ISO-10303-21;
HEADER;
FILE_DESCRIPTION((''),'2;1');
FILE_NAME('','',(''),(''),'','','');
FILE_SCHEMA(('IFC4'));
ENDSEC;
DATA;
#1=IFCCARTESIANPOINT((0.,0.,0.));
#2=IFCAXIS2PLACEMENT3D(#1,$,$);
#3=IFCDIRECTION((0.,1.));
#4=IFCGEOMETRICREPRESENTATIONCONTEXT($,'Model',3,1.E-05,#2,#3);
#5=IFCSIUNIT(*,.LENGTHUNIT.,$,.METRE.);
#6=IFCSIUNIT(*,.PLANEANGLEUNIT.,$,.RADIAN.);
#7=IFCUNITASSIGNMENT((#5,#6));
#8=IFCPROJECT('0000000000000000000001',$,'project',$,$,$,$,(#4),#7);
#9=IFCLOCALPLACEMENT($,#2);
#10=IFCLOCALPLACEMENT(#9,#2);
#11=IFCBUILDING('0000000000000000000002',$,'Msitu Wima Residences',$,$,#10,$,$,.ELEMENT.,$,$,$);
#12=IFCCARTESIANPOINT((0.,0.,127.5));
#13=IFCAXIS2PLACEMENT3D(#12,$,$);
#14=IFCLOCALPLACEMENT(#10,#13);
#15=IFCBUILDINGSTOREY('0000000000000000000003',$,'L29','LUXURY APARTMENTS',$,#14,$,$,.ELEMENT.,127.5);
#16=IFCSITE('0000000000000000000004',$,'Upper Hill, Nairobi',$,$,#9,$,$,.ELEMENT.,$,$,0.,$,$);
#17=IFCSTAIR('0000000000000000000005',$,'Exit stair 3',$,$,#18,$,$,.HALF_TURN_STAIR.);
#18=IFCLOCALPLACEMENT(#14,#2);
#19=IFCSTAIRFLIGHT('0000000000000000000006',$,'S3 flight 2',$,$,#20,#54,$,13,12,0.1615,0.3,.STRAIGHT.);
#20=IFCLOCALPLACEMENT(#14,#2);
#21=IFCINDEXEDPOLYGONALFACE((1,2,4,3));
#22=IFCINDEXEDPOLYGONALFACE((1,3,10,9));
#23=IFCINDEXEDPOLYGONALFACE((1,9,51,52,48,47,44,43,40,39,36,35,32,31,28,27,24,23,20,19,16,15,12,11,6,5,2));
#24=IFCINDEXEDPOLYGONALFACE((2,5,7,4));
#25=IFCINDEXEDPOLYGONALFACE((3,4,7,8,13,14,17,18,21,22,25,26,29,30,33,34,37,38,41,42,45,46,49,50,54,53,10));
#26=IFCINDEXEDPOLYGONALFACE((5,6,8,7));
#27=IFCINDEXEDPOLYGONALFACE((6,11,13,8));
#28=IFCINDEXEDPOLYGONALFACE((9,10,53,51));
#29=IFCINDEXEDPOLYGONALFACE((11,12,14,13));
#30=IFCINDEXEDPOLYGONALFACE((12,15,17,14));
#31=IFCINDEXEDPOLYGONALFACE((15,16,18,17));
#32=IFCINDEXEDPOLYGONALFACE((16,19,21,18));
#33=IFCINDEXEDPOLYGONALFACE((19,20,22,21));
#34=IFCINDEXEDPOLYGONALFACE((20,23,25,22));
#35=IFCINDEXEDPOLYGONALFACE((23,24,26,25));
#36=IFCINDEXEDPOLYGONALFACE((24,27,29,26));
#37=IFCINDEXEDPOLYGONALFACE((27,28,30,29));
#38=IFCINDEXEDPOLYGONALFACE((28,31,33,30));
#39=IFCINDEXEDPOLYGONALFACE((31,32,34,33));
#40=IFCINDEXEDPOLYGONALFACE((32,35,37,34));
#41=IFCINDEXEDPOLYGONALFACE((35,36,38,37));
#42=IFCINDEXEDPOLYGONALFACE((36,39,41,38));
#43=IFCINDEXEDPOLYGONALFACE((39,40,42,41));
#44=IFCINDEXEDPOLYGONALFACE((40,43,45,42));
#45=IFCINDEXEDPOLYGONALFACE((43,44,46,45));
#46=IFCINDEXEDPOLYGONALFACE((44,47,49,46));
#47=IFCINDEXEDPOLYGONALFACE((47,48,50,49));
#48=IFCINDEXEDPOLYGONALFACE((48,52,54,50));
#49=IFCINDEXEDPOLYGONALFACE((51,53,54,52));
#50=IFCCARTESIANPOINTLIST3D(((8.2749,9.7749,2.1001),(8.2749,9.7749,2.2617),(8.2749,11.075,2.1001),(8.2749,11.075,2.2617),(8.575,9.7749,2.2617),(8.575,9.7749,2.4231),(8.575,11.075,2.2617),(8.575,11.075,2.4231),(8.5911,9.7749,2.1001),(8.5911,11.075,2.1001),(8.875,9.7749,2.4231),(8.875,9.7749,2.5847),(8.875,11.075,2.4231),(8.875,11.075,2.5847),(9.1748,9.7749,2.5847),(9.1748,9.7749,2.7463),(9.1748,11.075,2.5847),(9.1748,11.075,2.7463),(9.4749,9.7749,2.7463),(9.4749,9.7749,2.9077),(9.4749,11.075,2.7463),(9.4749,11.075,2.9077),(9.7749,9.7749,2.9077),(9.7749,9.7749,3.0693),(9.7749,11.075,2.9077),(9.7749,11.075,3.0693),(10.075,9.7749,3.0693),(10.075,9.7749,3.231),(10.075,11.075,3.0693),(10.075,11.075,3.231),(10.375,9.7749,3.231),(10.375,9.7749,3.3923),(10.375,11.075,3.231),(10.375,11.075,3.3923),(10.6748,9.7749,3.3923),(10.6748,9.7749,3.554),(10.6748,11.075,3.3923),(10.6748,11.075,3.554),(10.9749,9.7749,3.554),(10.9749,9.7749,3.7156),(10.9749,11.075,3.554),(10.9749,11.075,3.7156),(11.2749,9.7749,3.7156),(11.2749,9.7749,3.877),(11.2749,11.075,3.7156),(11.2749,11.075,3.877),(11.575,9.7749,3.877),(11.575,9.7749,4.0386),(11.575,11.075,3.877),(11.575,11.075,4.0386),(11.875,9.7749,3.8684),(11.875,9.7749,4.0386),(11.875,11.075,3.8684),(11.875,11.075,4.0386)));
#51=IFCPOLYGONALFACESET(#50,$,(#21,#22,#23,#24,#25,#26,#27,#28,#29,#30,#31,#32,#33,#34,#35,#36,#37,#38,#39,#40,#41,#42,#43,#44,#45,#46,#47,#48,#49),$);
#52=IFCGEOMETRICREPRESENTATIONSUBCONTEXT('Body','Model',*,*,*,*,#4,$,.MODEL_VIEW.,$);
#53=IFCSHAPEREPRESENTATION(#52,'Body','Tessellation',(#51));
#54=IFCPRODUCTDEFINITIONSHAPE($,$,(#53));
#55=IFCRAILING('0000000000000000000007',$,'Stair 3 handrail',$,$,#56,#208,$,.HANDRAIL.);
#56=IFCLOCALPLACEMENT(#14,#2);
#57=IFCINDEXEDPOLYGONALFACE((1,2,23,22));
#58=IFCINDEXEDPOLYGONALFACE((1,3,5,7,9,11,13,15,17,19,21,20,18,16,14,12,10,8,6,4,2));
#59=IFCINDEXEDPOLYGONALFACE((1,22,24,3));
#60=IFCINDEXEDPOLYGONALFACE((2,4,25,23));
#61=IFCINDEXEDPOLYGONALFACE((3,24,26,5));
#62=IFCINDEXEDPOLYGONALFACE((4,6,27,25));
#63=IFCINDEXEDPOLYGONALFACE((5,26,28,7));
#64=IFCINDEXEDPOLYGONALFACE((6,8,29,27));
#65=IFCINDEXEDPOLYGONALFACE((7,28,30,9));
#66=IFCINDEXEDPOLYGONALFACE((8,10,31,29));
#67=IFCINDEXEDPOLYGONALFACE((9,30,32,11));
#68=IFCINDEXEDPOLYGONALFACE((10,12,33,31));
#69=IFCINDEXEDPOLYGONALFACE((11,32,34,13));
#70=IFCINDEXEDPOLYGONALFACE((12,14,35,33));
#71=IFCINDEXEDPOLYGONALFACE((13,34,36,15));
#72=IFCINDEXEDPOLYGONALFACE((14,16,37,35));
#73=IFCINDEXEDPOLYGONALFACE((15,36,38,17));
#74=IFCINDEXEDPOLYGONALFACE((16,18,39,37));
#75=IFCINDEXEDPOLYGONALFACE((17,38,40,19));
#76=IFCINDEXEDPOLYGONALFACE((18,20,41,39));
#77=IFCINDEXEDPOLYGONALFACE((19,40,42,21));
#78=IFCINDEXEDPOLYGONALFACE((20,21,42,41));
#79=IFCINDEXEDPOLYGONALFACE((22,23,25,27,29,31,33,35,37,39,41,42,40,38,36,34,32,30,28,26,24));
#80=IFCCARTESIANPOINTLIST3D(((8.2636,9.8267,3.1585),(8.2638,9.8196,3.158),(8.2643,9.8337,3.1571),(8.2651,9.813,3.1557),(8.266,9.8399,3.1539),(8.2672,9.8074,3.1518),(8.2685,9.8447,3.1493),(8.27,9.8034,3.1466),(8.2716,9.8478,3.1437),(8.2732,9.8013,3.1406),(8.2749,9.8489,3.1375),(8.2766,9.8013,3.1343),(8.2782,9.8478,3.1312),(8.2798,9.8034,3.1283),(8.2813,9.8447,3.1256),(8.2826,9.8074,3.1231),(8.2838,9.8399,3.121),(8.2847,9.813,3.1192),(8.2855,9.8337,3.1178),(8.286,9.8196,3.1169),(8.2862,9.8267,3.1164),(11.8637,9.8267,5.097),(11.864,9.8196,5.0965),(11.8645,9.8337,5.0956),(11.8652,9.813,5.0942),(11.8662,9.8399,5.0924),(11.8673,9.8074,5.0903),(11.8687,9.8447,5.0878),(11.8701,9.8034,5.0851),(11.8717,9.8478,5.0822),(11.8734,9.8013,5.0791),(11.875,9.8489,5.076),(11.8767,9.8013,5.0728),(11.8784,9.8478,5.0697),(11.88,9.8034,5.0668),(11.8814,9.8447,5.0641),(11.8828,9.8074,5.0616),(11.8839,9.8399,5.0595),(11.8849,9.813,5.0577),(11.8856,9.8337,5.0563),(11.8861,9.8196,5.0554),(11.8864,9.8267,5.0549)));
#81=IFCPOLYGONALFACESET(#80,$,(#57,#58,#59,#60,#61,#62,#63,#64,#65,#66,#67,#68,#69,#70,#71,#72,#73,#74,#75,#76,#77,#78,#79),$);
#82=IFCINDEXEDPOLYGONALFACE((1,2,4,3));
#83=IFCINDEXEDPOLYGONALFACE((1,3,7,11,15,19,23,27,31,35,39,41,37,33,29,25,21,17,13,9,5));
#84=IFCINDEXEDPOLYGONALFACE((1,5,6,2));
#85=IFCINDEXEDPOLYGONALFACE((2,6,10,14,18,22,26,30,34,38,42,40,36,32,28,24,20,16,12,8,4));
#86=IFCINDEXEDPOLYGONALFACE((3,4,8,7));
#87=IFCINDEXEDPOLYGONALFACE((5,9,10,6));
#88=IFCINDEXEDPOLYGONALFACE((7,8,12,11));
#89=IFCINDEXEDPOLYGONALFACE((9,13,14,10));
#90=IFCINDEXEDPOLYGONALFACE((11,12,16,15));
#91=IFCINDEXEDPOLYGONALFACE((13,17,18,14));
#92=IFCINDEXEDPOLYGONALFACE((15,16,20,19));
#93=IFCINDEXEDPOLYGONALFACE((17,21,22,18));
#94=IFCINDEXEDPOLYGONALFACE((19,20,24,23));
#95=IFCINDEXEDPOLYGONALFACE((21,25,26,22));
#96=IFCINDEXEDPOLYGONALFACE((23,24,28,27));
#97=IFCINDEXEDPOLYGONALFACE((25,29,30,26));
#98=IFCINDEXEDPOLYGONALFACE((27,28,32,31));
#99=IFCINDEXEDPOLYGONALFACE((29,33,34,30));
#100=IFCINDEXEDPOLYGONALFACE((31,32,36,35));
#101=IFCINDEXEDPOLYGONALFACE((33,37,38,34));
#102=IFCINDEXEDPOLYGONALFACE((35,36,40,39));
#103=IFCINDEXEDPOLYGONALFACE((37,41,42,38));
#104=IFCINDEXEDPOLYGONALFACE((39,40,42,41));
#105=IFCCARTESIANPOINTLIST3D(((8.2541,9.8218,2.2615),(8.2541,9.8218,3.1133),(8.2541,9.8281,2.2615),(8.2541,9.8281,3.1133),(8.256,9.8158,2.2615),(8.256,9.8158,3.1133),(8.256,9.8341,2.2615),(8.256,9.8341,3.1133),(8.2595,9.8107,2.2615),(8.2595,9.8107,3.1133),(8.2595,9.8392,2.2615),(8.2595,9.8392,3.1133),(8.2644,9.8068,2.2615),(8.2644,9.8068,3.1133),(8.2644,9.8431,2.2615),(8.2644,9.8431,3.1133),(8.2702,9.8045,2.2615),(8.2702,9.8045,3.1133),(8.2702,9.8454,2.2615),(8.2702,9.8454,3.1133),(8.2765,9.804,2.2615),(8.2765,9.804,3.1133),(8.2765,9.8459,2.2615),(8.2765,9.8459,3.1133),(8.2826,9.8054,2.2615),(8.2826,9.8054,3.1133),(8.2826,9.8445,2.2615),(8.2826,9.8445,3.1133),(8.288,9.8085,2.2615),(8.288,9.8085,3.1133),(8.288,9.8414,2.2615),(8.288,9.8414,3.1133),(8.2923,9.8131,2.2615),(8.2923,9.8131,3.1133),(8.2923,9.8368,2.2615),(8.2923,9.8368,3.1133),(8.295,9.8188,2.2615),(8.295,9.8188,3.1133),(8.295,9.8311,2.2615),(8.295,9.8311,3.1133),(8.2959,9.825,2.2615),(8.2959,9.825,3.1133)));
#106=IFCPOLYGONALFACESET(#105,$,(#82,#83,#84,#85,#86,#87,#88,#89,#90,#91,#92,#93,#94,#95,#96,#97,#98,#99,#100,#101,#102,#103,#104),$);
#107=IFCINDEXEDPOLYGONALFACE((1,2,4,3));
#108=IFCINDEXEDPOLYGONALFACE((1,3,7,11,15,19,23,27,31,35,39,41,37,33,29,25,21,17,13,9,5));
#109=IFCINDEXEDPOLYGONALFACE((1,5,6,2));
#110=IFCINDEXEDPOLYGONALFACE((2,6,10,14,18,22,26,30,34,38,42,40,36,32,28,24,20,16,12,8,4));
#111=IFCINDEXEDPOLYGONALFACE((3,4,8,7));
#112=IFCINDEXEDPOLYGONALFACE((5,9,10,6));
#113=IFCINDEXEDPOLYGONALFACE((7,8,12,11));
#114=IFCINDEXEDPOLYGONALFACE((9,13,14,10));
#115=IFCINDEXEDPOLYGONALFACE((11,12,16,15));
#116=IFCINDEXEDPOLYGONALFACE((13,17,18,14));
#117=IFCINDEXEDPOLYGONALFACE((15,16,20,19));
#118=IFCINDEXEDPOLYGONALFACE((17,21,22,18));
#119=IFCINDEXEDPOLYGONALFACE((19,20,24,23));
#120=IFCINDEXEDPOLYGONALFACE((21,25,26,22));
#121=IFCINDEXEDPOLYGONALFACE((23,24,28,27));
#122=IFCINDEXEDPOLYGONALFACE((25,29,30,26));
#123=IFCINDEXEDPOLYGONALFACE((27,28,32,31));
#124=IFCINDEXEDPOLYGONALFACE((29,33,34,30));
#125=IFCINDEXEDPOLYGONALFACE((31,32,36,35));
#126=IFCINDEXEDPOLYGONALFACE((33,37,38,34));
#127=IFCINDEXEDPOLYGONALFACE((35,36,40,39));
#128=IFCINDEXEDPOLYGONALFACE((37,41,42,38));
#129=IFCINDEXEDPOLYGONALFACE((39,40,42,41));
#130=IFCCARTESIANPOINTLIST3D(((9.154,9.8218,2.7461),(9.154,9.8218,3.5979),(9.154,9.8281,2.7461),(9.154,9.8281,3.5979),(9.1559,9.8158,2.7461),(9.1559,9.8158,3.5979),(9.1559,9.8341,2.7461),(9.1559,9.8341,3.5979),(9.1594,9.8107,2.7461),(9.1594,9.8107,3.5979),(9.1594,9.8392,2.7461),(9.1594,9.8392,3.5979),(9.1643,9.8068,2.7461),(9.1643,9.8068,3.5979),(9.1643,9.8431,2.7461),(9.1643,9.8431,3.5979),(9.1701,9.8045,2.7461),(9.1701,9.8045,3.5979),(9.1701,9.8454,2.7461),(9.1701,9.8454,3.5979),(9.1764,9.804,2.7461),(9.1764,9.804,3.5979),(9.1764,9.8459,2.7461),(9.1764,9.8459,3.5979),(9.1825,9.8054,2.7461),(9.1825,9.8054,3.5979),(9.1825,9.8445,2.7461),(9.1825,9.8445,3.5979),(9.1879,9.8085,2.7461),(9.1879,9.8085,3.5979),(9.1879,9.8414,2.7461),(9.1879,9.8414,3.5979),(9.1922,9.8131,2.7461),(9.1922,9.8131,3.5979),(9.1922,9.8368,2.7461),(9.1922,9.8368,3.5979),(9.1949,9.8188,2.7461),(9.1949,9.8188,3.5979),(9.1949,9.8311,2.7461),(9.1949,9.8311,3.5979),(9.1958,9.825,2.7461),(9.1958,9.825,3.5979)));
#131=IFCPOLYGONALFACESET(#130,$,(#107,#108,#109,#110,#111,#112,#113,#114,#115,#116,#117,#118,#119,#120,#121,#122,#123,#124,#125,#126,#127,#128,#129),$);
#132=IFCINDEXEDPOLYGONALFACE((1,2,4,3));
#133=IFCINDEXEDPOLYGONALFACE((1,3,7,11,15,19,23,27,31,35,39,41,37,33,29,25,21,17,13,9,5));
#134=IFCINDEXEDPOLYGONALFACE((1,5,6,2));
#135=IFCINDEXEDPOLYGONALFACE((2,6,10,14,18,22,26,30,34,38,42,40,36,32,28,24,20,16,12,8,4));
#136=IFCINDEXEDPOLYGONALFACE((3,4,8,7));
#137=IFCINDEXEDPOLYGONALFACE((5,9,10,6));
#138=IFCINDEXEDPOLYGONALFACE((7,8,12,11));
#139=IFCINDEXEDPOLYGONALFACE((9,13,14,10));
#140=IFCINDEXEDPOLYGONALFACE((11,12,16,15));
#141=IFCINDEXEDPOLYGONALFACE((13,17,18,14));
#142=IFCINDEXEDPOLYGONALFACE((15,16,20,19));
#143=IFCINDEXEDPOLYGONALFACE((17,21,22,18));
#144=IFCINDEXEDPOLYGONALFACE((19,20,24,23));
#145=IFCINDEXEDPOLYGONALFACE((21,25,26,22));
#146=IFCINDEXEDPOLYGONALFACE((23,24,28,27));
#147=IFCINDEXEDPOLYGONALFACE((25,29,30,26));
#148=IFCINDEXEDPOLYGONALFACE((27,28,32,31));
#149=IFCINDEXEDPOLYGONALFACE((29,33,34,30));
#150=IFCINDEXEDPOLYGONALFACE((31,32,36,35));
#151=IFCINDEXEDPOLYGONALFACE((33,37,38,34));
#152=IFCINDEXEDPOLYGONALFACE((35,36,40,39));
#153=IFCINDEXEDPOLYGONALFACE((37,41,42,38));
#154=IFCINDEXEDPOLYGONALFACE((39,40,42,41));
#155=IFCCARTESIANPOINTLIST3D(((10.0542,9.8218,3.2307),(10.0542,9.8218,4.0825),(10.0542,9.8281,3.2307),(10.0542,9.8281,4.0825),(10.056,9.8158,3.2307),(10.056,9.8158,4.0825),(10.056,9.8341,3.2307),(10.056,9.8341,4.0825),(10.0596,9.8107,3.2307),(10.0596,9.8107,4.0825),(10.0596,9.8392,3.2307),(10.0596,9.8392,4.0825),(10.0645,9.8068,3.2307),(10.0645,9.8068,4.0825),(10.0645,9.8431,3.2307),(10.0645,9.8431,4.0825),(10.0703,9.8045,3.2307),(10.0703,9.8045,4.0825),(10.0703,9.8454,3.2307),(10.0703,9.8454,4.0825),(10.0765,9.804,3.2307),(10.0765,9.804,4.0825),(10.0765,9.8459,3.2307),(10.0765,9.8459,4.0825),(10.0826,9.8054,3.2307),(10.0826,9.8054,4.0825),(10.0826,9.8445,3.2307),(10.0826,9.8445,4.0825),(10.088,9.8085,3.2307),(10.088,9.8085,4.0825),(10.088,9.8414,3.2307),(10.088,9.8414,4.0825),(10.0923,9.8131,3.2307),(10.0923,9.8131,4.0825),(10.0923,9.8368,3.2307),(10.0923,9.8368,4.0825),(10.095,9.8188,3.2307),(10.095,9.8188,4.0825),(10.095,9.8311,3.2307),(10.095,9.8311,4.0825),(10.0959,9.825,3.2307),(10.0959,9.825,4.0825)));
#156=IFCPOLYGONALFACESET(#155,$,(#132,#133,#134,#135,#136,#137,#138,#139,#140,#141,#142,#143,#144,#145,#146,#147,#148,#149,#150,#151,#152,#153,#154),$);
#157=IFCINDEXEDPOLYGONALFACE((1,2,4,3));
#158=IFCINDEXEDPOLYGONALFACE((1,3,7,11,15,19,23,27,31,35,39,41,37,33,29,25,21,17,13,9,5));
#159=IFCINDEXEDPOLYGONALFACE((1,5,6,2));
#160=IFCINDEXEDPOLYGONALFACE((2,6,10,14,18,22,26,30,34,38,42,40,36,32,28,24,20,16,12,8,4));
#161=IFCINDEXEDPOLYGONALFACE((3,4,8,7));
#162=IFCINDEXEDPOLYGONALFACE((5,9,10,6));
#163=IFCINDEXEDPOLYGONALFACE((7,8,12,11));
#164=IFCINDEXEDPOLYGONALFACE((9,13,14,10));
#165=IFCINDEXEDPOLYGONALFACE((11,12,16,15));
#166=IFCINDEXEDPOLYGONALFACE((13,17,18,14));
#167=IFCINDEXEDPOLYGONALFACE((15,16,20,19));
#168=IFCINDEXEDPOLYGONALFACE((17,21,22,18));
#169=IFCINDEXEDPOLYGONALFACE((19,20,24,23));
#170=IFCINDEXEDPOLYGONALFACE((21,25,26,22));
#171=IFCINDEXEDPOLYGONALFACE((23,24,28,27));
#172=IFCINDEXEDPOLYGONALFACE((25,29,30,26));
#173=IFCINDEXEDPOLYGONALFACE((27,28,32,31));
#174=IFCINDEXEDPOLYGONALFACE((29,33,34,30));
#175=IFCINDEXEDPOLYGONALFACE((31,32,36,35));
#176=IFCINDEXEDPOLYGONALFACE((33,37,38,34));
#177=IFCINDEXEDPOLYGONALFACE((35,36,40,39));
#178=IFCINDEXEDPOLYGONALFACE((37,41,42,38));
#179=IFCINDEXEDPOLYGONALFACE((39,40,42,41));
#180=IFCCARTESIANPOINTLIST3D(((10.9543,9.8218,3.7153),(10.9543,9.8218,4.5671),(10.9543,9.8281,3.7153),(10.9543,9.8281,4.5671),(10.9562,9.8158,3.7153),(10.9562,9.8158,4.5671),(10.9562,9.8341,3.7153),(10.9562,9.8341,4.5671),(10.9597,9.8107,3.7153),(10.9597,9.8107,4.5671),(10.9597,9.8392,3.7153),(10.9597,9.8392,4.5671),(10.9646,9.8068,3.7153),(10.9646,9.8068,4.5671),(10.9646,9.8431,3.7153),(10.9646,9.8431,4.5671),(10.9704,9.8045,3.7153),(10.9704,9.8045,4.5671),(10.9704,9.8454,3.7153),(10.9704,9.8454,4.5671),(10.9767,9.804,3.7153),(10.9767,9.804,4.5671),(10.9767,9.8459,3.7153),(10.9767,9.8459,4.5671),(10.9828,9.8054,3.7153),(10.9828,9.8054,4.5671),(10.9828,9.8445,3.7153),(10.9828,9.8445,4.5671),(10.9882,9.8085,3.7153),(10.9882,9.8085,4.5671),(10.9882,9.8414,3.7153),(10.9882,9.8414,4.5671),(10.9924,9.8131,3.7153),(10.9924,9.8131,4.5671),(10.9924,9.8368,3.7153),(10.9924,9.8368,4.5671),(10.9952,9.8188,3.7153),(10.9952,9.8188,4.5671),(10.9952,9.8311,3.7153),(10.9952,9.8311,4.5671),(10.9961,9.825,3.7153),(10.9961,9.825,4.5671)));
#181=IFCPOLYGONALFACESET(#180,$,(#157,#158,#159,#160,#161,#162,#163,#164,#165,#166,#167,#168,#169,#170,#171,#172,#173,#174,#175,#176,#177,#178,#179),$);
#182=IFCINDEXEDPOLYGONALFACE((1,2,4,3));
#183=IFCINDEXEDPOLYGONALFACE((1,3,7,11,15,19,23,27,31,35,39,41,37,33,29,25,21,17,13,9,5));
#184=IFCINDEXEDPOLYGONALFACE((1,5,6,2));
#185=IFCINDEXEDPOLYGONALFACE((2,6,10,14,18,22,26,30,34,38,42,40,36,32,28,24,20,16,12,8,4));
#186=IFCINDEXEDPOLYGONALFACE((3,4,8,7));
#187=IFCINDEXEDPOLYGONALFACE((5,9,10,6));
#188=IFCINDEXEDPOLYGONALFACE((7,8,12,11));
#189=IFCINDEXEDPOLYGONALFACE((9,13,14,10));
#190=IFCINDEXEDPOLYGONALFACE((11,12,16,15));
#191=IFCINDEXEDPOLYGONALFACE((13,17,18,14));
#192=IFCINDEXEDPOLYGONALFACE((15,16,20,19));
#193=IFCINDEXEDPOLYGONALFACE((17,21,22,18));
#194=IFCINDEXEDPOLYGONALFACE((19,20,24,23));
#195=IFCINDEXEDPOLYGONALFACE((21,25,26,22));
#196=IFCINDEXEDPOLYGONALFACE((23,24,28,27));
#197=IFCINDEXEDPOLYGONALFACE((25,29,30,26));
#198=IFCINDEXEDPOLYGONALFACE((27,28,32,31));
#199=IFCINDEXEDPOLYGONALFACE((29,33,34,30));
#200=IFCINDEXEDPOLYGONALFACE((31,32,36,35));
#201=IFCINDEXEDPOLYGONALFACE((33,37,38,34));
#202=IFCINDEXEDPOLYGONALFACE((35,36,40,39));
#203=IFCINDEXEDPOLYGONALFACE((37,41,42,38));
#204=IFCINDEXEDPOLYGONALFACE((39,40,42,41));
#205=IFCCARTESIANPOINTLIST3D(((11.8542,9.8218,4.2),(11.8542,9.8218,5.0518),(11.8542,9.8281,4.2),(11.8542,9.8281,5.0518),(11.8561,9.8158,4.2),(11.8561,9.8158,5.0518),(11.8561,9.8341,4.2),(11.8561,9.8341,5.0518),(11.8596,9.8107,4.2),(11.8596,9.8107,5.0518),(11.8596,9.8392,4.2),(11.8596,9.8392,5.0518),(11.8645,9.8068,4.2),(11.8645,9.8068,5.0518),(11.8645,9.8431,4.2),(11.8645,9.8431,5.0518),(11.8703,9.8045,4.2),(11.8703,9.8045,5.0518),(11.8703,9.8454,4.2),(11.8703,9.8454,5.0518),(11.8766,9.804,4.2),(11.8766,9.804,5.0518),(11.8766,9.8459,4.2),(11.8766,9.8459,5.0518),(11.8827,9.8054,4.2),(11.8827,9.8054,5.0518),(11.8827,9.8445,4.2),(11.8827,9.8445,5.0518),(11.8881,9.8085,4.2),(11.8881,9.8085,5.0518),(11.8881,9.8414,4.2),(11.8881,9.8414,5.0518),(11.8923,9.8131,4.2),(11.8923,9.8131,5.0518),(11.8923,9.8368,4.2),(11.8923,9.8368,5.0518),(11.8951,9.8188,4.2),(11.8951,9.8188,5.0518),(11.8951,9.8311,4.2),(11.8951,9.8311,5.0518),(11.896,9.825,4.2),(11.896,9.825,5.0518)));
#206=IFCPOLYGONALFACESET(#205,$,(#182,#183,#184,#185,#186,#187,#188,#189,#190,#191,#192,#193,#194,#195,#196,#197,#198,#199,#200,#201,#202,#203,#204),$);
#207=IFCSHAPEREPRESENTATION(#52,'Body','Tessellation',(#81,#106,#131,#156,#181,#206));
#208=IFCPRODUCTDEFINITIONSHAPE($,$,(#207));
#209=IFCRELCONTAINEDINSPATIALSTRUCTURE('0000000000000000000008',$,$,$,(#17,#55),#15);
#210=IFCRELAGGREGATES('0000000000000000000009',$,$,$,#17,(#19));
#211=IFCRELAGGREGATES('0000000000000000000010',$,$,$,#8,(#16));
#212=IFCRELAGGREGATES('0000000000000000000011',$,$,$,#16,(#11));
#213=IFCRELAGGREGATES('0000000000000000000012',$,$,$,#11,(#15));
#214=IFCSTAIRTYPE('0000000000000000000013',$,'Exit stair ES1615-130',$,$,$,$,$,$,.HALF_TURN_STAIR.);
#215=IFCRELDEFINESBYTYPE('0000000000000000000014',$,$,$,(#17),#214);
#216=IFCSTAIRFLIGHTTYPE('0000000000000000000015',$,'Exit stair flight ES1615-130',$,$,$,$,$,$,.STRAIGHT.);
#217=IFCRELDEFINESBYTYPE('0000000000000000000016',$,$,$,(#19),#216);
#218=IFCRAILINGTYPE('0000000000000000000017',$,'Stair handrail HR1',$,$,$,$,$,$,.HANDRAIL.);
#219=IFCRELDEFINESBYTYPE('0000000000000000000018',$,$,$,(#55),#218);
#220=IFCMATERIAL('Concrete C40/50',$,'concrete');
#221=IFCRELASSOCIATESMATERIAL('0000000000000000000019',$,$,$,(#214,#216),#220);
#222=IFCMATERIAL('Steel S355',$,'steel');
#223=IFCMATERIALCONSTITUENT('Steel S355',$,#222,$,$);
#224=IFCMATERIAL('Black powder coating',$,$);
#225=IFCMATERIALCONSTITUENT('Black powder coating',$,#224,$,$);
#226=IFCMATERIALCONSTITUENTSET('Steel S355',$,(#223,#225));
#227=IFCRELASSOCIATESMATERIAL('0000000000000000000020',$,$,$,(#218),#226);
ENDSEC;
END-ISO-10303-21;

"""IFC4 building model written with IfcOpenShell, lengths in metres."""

from ifc_helpers import new_model, si_unit, direction, frame, origin, origin_2d, place, context, subcontext, project, spatial, polyline, circle, outline, extrude, material, constituent, constituent_set, type_object, element, aggregate, save


model = new_model("IFC4")

# Units and contexts
model_context = context("Model", 3, precision=1e-05, world=origin(), true_north=direction((0.0, 1.0)))
body_context = subcontext(model_context, "Body", "Model", "MODEL_VIEW")
ifc_project = project(units=[si_unit("LENGTHUNIT", "METRE"), si_unit("PLANEANGLEUNIT", "RADIAN")], contexts=[model_context])

# Site, building, storey
site_placement = place(None, origin())
site = spatial("IfcSite", under=ifc_project, at=site_placement, Name="Upper Hill, Nairobi", CompositionType="ELEMENT", RefElevation=0.0)
building_placement = place(site_placement, origin())
building = spatial("IfcBuilding", under=site, at=building_placement, Name="Msitu Wima Residences", CompositionType="ELEMENT")
storey_placement = place(building_placement, frame((0.0, 0.0, 127.5)))
storey = spatial("IfcBuildingStorey", under=building, at=storey_placement, Name="L29", Description="LUXURY APARTMENTS", CompositionType="ELEMENT", Elevation=127.5)

# Shared definitions
ifc_material_1 = material(Name="Concrete C40/50", Category="concrete")

# Stair
stair_type = type_object("IfcStairType", Name="Exit stair ES1615-130", PredefinedType="HALF_TURN_STAIR", material=ifc_material_1)
stair_1_placement = place(storey_placement, origin())
stair_1 = element("IfcStair", 1, at=stair_1_placement, inside=storey, type_object=stair_type, Name="Exit stair 3", PredefinedType="HALF_TURN_STAIR")

# Stair flight
stair_flight_type = type_object("IfcStairFlightType", Name="Exit stair flight ES1615-130", PredefinedType="STRAIGHT", material=ifc_material_1)
stair_flight_placement = place(storey_placement, frame((8.2749, 10.425, 2.1001), z_axis=(0.0, 0.0, 1.0), x_axis=(1.0, 0.0, 0.0)))
stair_flight = element("IfcStairFlight", 2, at=stair_flight_placement, type_object=stair_flight_type, Name="S3 flight 2", NumberOfRisers=13, NumberOfTreads=12, PredefinedType="STRAIGHT", RiserHeight=0.1615, TreadLength=0.3, context=body_context, shape_type="SweptSolid", body=[
    extrude(outline(polyline([(0.0, 0.0), (0.0, 0.1616), (0.3, 0.1616), (0.3, 0.323), (0.6001, 0.323), (0.6001, 0.4846), (0.8999, 0.4846), (0.8999, 0.6462), (1.2, 0.6462), (1.2, 0.8076), (1.5, 0.8076), (1.5, 0.9692), (1.8, 0.9692), (1.8, 1.1309), (2.1001, 1.1309), (2.1001, 1.2922), (2.3999, 1.2922), (2.3999, 1.4539), (2.7, 1.4539), (2.7, 1.6155), (3.0, 1.6155), (3.0, 1.7769), (3.3, 1.7769), (3.3, 1.9385), (3.6001, 1.9385), (3.6001, 2.1001), (3.6001, 1.7683), (0.3162, 0.0), (0.0, 0.0)])), frame((0.0, 0.6499, 0.0), z_axis=(0.0, -1.0, 0.0), x_axis=(1.0, 0.0, 0.0)), (0.0, 0.0, 1.0), 1.3),
])
aggregate(stair_1, [stair_flight])

# Railing
ifc_material_2 = material(Name="Steel S355", Category="steel")
ifc_constituent_1 = constituent(ifc_material_2, Name="Steel S355")
ifc_material_3 = material(Name="Black powder coating")
ifc_constituent_2 = constituent(ifc_material_3, Name="Black powder coating")
ifc_constituent_set = constituent_set(constituents=[ifc_constituent_1, ifc_constituent_2], Name="Steel S355")
railing_type = type_object("IfcRailingType", Name="Stair handrail HR1", PredefinedType="HANDRAIL", material=ifc_constituent_set)
for number, where, name in (
    (3, (8.2749, 9.825, 2.2615), "Stair 3 handrail"),
):
    element("IfcRailing", number, at=place(storey_placement, frame(where)), inside=storey, type_object=railing_type, Name=name, PredefinedType="HANDRAIL", context=body_context, shape_type="SweptSolid", body=[
        extrude(circle(Radius=0.0239, at=origin_2d()), frame((0.0, 0.0, 0.876), z_axis=(0.880475, 0.0, 0.474093), x_axis=(0.0, 1.0, 0.0)), (0.0, 0.0, 1.0), 4.0889),
        extrude(circle(Radius=0.021, at=origin_2d()), origin(), (0.0, 0.0, 1.0), 0.8518),
        extrude(circle(Radius=0.021, at=origin_2d()), frame((0.8999, 0.0, 0.4846)), (0.0, 0.0, 1.0), 0.8518),
        extrude(circle(Radius=0.021, at=origin_2d()), frame((1.8, 0.0, 0.9692)), (0.0, 0.0, 1.0), 0.8518),
        extrude(circle(Radius=0.021, at=origin_2d()), frame((2.7002, 0.0, 1.4539)), (0.0, 0.0, 1.0), 0.8518),
        extrude(circle(Radius=0.021, at=origin_2d()), frame((3.6001, 0.0, 1.9385)), (0.0, 0.0, 1.0), 0.8518),
    ])

save(model, "model.ifc")
